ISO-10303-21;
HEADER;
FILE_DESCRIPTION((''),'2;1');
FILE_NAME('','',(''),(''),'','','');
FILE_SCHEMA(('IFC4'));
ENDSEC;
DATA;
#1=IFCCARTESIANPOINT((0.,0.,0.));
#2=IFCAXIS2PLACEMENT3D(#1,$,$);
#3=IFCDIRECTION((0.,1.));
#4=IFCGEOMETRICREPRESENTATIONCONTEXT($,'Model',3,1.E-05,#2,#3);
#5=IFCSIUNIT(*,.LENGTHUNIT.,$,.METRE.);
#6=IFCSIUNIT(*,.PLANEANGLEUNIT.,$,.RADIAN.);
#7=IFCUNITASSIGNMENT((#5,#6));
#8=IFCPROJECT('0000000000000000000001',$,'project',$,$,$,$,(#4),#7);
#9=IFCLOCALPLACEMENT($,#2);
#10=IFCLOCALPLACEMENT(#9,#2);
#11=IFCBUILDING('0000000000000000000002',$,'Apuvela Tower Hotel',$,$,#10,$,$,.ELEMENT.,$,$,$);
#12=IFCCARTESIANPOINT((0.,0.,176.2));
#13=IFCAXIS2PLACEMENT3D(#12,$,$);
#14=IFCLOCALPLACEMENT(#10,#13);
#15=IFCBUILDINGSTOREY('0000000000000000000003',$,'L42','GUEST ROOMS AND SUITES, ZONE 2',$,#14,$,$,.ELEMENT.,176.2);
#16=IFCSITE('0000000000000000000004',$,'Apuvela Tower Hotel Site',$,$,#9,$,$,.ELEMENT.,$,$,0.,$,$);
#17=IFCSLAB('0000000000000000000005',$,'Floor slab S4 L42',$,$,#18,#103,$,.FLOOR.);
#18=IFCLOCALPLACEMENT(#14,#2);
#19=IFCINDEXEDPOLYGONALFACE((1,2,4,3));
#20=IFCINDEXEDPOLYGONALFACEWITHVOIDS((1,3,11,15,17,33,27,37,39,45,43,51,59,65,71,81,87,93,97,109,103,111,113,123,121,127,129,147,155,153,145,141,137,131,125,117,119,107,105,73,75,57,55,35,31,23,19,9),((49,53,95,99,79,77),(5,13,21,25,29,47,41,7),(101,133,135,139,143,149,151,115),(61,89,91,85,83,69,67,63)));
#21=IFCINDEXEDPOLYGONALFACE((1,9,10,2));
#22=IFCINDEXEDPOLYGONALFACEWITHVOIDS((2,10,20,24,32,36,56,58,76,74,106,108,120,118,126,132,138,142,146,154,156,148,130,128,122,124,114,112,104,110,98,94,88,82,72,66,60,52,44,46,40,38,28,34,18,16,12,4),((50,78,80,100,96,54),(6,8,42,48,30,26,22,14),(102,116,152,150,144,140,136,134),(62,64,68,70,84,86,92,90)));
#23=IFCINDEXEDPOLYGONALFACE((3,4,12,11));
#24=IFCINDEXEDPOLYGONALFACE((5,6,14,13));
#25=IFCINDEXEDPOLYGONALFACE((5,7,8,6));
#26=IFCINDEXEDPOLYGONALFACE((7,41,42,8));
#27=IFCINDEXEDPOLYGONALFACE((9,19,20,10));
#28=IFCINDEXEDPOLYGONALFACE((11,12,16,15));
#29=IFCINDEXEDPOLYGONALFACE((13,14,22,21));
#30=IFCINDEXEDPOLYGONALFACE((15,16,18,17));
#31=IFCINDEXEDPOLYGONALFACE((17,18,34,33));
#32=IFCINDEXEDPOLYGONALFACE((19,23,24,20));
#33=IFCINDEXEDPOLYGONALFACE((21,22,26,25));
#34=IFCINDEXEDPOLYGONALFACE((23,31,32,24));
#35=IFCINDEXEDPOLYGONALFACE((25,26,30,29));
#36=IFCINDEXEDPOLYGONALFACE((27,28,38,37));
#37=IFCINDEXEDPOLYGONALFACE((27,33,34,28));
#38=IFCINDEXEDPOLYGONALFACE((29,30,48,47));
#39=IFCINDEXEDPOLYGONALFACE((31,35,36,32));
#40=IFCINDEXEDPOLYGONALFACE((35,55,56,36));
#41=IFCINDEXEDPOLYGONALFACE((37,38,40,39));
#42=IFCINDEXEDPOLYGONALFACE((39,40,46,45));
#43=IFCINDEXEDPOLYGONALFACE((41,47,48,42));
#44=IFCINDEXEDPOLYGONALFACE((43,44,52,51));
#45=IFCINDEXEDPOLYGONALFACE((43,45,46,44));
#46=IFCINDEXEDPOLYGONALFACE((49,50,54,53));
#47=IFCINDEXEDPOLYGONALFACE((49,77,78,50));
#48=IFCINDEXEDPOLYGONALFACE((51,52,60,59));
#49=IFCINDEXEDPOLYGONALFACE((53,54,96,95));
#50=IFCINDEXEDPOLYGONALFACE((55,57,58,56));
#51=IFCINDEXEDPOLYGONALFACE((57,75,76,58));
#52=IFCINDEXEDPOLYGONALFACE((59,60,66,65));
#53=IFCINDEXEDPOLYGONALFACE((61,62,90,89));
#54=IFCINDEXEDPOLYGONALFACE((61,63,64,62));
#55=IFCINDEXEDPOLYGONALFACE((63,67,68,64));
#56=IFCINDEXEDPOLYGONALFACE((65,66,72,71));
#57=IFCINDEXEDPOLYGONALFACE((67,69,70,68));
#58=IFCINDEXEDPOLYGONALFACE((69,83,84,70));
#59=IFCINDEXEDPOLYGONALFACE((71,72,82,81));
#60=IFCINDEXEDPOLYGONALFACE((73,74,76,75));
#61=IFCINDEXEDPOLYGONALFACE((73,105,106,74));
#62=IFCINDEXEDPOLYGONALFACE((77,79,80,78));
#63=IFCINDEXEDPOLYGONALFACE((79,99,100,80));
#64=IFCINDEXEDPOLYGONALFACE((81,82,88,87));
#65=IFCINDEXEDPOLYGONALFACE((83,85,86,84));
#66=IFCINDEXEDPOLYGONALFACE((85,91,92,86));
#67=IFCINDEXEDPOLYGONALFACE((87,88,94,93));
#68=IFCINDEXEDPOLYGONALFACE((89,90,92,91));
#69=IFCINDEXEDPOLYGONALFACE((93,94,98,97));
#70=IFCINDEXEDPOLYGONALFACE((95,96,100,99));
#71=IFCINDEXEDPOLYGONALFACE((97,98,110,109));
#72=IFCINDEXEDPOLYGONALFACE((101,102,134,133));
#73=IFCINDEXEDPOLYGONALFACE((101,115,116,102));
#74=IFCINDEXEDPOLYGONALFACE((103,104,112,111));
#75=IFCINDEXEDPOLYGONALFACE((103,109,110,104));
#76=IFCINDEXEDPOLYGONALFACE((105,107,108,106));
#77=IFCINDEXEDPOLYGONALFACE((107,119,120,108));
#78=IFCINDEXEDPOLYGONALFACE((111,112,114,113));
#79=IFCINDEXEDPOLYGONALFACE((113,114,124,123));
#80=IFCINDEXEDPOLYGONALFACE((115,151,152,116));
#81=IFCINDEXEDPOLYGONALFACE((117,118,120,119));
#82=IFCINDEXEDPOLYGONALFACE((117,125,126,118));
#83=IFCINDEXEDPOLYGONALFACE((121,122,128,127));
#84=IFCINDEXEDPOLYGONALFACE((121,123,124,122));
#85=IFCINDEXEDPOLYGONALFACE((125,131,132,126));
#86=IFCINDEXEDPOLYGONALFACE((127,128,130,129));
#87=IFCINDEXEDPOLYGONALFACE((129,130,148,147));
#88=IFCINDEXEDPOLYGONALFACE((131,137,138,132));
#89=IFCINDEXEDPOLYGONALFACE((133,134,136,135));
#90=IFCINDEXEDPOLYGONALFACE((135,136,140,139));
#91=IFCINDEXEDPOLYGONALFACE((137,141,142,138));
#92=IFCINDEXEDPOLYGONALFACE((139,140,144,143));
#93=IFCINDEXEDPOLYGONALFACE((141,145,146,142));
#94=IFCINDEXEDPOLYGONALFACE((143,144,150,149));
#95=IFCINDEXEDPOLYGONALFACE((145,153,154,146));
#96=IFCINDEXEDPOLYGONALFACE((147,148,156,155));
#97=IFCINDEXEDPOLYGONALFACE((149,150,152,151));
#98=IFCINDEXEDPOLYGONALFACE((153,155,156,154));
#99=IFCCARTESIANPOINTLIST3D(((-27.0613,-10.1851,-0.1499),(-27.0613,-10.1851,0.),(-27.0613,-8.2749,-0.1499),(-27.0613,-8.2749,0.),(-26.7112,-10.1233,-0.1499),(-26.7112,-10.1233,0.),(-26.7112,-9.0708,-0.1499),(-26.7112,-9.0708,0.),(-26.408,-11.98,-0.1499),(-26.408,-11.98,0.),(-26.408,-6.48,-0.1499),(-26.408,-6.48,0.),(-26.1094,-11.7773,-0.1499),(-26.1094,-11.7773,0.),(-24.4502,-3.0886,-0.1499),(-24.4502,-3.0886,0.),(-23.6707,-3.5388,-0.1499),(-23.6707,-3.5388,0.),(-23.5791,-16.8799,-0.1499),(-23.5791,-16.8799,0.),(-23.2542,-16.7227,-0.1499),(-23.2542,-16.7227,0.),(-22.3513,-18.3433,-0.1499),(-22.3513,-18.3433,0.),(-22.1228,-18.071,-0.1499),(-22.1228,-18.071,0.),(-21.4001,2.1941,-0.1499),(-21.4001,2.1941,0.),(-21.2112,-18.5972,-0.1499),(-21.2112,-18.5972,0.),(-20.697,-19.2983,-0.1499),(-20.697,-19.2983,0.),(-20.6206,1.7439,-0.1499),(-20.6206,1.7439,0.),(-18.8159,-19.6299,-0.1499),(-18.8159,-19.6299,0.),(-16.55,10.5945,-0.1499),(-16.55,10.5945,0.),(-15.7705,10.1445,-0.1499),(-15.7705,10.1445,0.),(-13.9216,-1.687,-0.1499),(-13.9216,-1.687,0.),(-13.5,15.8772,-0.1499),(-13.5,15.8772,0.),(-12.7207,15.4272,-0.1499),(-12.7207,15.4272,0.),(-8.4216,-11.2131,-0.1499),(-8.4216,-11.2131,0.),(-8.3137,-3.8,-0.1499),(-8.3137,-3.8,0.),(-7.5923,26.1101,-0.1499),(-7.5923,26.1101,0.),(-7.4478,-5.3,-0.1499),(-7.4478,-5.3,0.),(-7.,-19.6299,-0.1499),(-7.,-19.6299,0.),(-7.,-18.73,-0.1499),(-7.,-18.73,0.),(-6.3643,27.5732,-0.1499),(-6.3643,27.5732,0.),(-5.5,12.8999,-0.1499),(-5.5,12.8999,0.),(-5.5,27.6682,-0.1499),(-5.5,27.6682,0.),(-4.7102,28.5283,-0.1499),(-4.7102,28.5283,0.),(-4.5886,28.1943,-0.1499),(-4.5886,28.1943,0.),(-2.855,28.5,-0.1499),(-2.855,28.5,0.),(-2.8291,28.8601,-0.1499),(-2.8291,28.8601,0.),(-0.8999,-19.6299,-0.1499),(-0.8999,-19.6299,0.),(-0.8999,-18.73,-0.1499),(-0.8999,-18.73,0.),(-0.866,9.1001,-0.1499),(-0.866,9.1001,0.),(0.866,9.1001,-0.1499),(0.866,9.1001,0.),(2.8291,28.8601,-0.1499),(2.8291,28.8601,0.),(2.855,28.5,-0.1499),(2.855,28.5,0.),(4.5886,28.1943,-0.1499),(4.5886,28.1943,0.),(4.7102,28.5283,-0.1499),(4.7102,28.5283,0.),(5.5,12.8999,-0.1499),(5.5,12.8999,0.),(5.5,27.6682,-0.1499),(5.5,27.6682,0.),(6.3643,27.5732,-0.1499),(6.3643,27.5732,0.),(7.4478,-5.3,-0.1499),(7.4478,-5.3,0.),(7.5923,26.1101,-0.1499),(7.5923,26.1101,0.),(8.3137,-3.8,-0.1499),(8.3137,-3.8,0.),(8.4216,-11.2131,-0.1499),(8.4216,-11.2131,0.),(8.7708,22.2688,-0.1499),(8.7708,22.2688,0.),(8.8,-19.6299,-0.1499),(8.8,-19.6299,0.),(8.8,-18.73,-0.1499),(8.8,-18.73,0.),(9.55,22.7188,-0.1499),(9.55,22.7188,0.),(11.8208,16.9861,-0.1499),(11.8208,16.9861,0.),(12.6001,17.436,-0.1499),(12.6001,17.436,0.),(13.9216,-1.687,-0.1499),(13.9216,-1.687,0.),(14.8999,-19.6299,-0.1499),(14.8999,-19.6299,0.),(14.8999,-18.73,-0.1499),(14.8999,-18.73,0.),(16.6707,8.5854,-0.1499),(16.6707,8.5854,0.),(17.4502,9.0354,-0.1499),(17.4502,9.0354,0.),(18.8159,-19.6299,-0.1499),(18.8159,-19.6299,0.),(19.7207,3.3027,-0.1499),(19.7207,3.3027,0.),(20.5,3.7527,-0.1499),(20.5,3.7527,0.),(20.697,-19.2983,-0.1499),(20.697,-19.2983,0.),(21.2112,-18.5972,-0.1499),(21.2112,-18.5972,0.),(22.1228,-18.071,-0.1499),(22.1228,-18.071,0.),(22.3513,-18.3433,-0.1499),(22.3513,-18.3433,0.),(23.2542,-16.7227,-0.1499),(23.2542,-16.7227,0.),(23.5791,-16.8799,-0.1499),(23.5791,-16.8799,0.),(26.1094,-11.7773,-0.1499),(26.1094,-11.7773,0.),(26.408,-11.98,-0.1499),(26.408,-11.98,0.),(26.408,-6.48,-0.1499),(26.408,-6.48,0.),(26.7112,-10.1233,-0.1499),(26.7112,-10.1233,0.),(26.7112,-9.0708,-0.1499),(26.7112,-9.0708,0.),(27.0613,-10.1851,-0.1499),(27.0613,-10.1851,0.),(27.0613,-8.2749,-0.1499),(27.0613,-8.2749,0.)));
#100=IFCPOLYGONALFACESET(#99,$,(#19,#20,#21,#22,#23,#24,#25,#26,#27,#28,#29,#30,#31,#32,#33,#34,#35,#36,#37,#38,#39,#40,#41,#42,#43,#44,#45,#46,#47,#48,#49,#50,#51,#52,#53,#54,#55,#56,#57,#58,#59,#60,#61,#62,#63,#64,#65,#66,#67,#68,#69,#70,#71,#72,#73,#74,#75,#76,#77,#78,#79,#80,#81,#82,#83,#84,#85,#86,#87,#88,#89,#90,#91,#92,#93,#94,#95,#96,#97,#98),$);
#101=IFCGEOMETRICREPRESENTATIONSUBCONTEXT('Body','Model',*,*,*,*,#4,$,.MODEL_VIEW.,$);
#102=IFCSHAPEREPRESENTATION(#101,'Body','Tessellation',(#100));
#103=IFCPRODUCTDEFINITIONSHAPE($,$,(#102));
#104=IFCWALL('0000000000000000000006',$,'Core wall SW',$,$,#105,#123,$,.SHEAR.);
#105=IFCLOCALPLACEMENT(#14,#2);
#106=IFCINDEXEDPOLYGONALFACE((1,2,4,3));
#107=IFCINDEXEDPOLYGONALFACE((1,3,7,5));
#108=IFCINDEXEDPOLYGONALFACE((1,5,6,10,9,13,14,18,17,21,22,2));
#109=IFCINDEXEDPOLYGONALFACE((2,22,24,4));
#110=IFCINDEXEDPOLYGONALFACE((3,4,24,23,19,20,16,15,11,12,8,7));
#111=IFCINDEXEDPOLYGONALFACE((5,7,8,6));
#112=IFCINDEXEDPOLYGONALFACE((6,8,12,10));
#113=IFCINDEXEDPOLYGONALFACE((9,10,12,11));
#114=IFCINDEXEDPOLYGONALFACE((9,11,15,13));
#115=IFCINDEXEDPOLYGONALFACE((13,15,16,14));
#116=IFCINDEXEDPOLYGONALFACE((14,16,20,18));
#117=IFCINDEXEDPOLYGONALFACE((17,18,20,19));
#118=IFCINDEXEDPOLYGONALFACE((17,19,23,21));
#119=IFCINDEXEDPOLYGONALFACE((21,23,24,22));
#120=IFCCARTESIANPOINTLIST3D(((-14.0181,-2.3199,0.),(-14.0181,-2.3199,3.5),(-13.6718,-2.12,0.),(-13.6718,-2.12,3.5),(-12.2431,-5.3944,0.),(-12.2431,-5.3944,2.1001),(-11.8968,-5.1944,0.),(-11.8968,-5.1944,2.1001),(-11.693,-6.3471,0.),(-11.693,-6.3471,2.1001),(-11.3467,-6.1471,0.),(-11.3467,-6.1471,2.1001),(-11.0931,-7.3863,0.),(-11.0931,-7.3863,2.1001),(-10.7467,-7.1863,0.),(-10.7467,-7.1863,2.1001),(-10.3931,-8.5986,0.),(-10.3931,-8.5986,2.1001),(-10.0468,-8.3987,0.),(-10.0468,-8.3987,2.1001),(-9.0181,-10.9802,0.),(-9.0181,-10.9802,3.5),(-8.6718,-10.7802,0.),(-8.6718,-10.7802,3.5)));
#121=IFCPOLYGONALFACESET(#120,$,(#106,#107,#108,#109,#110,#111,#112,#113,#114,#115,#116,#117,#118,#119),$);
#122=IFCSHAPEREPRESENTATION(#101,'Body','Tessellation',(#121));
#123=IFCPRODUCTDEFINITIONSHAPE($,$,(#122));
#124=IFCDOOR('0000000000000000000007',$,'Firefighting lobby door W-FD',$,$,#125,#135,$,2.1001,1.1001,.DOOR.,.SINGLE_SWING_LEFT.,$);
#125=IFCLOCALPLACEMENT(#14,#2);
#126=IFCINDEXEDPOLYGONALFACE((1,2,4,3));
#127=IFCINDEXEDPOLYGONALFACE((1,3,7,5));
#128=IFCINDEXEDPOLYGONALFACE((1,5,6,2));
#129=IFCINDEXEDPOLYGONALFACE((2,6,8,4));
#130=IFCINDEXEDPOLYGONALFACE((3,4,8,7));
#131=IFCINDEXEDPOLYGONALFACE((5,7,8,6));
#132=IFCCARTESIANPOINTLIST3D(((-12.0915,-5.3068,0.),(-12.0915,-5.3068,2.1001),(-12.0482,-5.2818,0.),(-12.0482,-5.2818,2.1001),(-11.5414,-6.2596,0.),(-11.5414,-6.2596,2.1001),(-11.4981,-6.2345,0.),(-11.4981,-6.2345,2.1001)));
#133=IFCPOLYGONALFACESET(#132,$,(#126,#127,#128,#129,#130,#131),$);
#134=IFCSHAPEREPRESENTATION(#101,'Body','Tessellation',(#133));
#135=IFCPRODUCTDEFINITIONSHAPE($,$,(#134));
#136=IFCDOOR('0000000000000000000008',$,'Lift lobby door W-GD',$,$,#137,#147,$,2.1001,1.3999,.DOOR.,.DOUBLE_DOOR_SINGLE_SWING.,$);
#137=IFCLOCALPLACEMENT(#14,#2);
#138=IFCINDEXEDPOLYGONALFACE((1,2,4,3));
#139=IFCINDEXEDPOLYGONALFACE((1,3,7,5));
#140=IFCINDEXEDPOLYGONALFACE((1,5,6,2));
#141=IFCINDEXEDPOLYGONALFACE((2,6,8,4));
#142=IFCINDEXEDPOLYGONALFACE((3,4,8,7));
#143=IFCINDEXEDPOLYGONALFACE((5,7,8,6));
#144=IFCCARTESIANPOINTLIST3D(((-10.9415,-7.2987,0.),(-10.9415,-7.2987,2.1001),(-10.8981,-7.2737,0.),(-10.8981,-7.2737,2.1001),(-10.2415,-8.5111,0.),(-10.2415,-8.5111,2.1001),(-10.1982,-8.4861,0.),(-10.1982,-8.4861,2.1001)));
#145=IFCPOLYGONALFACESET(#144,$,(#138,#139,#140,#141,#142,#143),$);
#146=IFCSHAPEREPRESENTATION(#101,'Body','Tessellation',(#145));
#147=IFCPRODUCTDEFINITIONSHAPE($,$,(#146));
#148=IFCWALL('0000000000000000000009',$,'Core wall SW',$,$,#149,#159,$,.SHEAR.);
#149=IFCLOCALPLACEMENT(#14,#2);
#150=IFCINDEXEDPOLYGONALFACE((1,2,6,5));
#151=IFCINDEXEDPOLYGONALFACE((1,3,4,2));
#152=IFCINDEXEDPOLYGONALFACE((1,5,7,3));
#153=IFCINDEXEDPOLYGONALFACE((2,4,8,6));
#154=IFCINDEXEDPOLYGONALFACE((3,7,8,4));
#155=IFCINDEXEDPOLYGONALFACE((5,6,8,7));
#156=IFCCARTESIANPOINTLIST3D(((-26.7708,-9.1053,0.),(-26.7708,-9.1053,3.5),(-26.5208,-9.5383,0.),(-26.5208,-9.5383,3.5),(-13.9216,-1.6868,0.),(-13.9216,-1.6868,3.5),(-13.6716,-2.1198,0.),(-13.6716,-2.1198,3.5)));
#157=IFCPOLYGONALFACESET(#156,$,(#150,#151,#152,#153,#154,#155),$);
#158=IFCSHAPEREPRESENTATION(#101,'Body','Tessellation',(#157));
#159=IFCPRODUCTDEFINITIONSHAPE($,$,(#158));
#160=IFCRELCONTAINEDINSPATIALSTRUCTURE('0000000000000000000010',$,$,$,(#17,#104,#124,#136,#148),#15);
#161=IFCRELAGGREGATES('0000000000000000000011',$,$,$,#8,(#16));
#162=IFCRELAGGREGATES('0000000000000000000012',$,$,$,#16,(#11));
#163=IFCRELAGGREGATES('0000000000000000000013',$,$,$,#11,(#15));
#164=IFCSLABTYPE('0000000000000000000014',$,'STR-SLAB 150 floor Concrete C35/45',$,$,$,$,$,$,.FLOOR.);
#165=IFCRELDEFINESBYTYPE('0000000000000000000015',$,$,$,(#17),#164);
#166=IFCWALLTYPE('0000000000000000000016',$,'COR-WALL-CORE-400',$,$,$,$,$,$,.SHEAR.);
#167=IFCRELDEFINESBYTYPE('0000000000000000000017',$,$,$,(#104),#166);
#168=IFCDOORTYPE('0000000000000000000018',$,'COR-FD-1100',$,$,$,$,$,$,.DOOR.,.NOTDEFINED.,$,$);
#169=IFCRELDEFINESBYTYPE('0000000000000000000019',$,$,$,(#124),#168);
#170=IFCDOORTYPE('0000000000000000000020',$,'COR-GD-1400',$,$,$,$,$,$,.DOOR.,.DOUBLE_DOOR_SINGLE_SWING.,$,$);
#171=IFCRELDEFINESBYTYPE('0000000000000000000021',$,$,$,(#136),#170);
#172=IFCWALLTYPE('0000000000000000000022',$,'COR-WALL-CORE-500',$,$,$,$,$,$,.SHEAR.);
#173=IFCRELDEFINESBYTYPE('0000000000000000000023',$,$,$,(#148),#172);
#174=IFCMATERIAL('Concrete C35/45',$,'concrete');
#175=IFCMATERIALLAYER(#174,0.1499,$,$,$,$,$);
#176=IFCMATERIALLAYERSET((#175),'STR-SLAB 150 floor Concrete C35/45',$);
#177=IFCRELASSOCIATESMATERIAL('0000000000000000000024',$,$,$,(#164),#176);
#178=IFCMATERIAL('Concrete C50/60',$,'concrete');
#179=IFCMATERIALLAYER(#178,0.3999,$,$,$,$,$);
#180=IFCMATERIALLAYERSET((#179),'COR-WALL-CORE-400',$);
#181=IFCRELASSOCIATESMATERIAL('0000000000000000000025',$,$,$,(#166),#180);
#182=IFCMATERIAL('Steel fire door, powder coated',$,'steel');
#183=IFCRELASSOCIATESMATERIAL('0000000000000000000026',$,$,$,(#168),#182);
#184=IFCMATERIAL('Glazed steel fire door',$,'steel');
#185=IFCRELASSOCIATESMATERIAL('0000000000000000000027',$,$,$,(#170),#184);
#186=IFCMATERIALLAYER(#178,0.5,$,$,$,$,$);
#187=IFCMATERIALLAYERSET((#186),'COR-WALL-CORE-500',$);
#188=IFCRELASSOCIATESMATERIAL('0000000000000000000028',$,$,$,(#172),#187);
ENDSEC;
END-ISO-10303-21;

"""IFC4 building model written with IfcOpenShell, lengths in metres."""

from ifc_helpers import new_model, si_unit, direction, frame, frame_2d, origin, place, context, subcontext, project, spatial, polyline, rectangle, outline, extrude, material, layer, layer_set, type_object, element, fill, save


model = new_model("IFC4")

# Units and contexts
model_context = context("Model", 3, precision=1e-05, world=origin(), true_north=direction((0.0, 1.0)))
body_context = subcontext(model_context, "Body", "Model", "MODEL_VIEW")
ifc_project = project(units=[si_unit("LENGTHUNIT", "METRE"), si_unit("PLANEANGLEUNIT", "RADIAN")], contexts=[model_context])

# Site, building, storey
site_placement = place(None, origin())
site = spatial("IfcSite", under=ifc_project, at=site_placement, Name="Apuvela Tower Hotel Site", CompositionType="ELEMENT", RefElevation=0.0)
building_placement = place(site_placement, origin())
building = spatial("IfcBuilding", under=site, at=building_placement, Name="Apuvela Tower Hotel", CompositionType="ELEMENT")
storey_placement = place(building_placement, frame((0.0, 0.0, 176.2)))
storey = spatial("IfcBuildingStorey", under=building, at=storey_placement, Name="L42", Description="GUEST ROOMS AND SUITES, ZONE 2", CompositionType="ELEMENT", Elevation=176.2)

# Slab
ifc_material_1 = material(Name="Concrete C35/45", Category="concrete")
ifc_layer_1 = layer(ifc_material_1, 0.1499)
ifc_layer_set_1 = layer_set([ifc_layer_1], Name="STR-SLAB 150 floor Concrete C35/45")
slab_type_1 = type_object("IfcSlabType", Name="STR-SLAB 150 floor Concrete C35/45", PredefinedType="FLOOR", material=ifc_layer_set_1)
slab_1_placement = place(storey_placement, frame((0.0, 0.0, -0.1499)))
element("IfcSlab", 1, at=slab_1_placement, inside=storey, type_object=slab_type_1, Name="Floor slab S4 L42", PredefinedType="FLOOR", context=body_context, shape_type="SweptSolid", body=[
    extrude(outline(polyline([(-6.3643, 27.5732), (-4.7102, 28.5283), (-2.8291, 28.8601), (2.8291, 28.8601), (4.7102, 28.5283), (6.3643, 27.5732), (7.5923, 26.1101), (9.55, 22.7188), (8.7708, 22.2688), (11.8208, 16.9861), (12.6001, 17.436), (17.4502, 9.0354), (16.6707, 8.5854), (19.7207, 3.3027), (20.5, 3.7527), (26.408, -6.48), (27.0613, -8.2749), (27.0613, -10.1851), (26.408, -11.98), (23.5791, -16.8799), (22.3513, -18.3433), (20.697, -19.2983), (18.8159, -19.6299), (14.8999, -19.6299), (14.8999, -18.73), (8.8, -18.73), (8.8, -19.6299), (-0.8999, -19.6299), (-0.8999, -18.73), (-7.0, -18.73), (-7.0, -19.6299), (-18.8159, -19.6299), (-20.697, -19.2983), (-22.3513, -18.3433), (-23.5791, -16.8799), (-26.408, -11.98), (-27.0613, -10.1851), (-27.0613, -8.2749), (-26.408, -6.48), (-24.4502, -3.0886), (-23.6707, -3.5388), (-20.6206, 1.7439), (-21.4001, 2.1941), (-16.55, 10.5945), (-15.7705, 10.1445), (-12.7207, 15.4272), (-13.5, 15.8772), (-7.5923, 26.1101), (-6.3643, 27.5732)]), holes=[polyline([(0.866, 9.1001), (-0.866, 9.1001), (-8.3137, -3.8), (-7.4478, -5.3), (7.4478, -5.3), (8.3137, -3.8), (0.866, 9.1001)]), polyline([(-5.5, 12.8999), (-5.5, 27.6682), (-4.5886, 28.1943), (-2.855, 28.5), (2.855, 28.5), (4.5886, 28.1943), (5.5, 27.6682), (5.5, 12.8999), (-5.5, 12.8999)]), polyline([(-8.4216, -11.2131), (-21.2112, -18.5972), (-22.1228, -18.071), (-23.2542, -16.7227), (-26.1094, -11.7773), (-26.7112, -10.1233), (-26.7112, -9.0708), (-13.9216, -1.687), (-8.4216, -11.2131)]), polyline([(13.9216, -1.687), (26.7112, -9.0708), (26.7112, -10.1233), (26.1094, -11.7773), (23.2542, -16.7227), (22.1228, -18.071), (21.2112, -18.5972), (8.4216, -11.2131), (13.9216, -1.687)])]), origin(), (0.0, 0.0, 1.0), 0.1499),
])

# Wall, openings, doors
ifc_material_2 = material(Name="Concrete C50/60", Category="concrete")
ifc_layer_2 = layer(ifc_material_2, 0.3999)
ifc_layer_set_2 = layer_set([ifc_layer_2], Name="COR-WALL-CORE-400")
wall_type_1 = type_object("IfcWallType", Name="COR-WALL-CORE-400", PredefinedType="SHEAR", material=ifc_layer_set_2)
wall_1_placement = place(storey_placement, frame((-13.845, -2.22, 0.0), z_axis=(0.0, 0.0, 1.0), x_axis=(0.500004, -0.866023, 0.0)))
wall_1 = element("IfcWall", 2, at=wall_1_placement, inside=storey, type_object=wall_type_1, Name="Core wall SW", PredefinedType="SHEAR", context=body_context, shape_type="SweptSolid", body=[
    extrude(rectangle(XDim=10.0, YDim=0.3999, at=frame_2d((5.0, 0.0))), origin(), (0.0, 0.0, 1.0), 3.5),
])
opening_1_placement = place(wall_1_placement, frame((3.55, 0.0, 0.0)))
opening_1 = element("IfcOpeningElement", 3, at=opening_1_placement, cuts=wall_1, PredefinedType="OPENING", context=body_context, shape_type="SweptSolid", body=[
    extrude(rectangle(XDim=1.1001, YDim=2.1001, at=frame_2d((0.55, 1.05))), frame((0.0, 0.21, 0.0), z_axis=(0.0, -1.0, 0.0), x_axis=(1.0, 0.0, 0.0)), (0.0, 0.0, 1.0), 0.4199),
])
opening_2_placement = place(wall_1_placement, frame((5.8501, 0.0, 0.0)))
opening_2 = element("IfcOpeningElement", 4, at=opening_2_placement, cuts=wall_1, PredefinedType="OPENING", context=body_context, shape_type="SweptSolid", body=[
    extrude(rectangle(XDim=1.3999, YDim=2.1001, at=frame_2d((0.7, 1.05))), frame((0.0, 0.21, 0.0), z_axis=(0.0, -1.0, 0.0), x_axis=(1.0, 0.0, 0.0)), (0.0, 0.0, 1.0), 0.4199),
])
ifc_material_3 = material(Name="Steel fire door, powder coated", Category="steel")
door_type_1 = type_object("IfcDoorType", Name="COR-FD-1100", OperationType="NOTDEFINED", PredefinedType="DOOR", material=ifc_material_3)
door_1_placement = place(opening_1_placement, frame((1.1001, 0.0, 0.0), z_axis=(0.0, 0.0, 1.0), x_axis=(-1.0, 0.0, 0.0)))
door_1 = element("IfcDoor", 5, at=door_1_placement, inside=storey, type_object=door_type_1, Name="Firefighting lobby door W-FD", OperationType="SINGLE_SWING_LEFT", OverallHeight=2.1001, OverallWidth=1.1001, PredefinedType="DOOR", context=body_context, shape_type="SweptSolid", body=[
    extrude(rectangle(XDim=1.1001, YDim=2.1001, at=frame_2d((0.55, 1.05))), frame((0.0, 0.0249, 0.0), z_axis=(0.0, -1.0, 0.0), x_axis=(1.0, 0.0, 0.0)), (0.0, 0.0, 1.0), 0.05),
])
fill(opening_1, door_1)
ifc_material_4 = material(Name="Glazed steel fire door", Category="steel")
door_type_2 = type_object("IfcDoorType", Name="COR-GD-1400", OperationType="DOUBLE_DOOR_SINGLE_SWING", PredefinedType="DOOR", material=ifc_material_4)
door_2_placement = place(opening_2_placement, frame((1.3999, 0.0, 0.0), z_axis=(0.0, 0.0, 1.0), x_axis=(-1.0, 0.0, 0.0)))
door_2 = element("IfcDoor", 6, at=door_2_placement, inside=storey, type_object=door_type_2, Name="Lift lobby door W-GD", OperationType="DOUBLE_DOOR_SINGLE_SWING", OverallHeight=2.1001, OverallWidth=1.3999, PredefinedType="DOOR", context=body_context, shape_type="SweptSolid", body=[
    extrude(rectangle(XDim=1.3999, YDim=2.1001, at=frame_2d((0.7, 1.05))), frame((0.0, 0.0249, 0.0), z_axis=(0.0, -1.0, 0.0), x_axis=(1.0, 0.0, 0.0)), (0.0, 0.0, 1.0), 0.05),
])
fill(opening_2, door_2)

# Wall
ifc_layer_3 = layer(ifc_material_2, 0.5)
ifc_layer_set_3 = layer_set([ifc_layer_3], Name="COR-WALL-CORE-500")
wall_type_2 = type_object("IfcWallType", Name="COR-WALL-CORE-500", PredefinedType="SHEAR", material=ifc_layer_set_3)
wall_2_placement = place(storey_placement, frame((-13.7966, -1.9033, 0.0), z_axis=(0.0, 0.0, 1.0), x_axis=(-0.866025, -0.500001, 0.0)))
element("IfcWall", 7, at=wall_2_placement, inside=storey, type_object=wall_type_2, Name="Core wall SW", PredefinedType="SHEAR", context=body_context, shape_type="SweptSolid", body=[
    extrude(rectangle(XDim=14.8369, YDim=0.5, at=frame_2d((7.4185, 0.0))), origin(), (0.0, 0.0, 1.0), 3.5),
])

save(model, "model.ifc")
